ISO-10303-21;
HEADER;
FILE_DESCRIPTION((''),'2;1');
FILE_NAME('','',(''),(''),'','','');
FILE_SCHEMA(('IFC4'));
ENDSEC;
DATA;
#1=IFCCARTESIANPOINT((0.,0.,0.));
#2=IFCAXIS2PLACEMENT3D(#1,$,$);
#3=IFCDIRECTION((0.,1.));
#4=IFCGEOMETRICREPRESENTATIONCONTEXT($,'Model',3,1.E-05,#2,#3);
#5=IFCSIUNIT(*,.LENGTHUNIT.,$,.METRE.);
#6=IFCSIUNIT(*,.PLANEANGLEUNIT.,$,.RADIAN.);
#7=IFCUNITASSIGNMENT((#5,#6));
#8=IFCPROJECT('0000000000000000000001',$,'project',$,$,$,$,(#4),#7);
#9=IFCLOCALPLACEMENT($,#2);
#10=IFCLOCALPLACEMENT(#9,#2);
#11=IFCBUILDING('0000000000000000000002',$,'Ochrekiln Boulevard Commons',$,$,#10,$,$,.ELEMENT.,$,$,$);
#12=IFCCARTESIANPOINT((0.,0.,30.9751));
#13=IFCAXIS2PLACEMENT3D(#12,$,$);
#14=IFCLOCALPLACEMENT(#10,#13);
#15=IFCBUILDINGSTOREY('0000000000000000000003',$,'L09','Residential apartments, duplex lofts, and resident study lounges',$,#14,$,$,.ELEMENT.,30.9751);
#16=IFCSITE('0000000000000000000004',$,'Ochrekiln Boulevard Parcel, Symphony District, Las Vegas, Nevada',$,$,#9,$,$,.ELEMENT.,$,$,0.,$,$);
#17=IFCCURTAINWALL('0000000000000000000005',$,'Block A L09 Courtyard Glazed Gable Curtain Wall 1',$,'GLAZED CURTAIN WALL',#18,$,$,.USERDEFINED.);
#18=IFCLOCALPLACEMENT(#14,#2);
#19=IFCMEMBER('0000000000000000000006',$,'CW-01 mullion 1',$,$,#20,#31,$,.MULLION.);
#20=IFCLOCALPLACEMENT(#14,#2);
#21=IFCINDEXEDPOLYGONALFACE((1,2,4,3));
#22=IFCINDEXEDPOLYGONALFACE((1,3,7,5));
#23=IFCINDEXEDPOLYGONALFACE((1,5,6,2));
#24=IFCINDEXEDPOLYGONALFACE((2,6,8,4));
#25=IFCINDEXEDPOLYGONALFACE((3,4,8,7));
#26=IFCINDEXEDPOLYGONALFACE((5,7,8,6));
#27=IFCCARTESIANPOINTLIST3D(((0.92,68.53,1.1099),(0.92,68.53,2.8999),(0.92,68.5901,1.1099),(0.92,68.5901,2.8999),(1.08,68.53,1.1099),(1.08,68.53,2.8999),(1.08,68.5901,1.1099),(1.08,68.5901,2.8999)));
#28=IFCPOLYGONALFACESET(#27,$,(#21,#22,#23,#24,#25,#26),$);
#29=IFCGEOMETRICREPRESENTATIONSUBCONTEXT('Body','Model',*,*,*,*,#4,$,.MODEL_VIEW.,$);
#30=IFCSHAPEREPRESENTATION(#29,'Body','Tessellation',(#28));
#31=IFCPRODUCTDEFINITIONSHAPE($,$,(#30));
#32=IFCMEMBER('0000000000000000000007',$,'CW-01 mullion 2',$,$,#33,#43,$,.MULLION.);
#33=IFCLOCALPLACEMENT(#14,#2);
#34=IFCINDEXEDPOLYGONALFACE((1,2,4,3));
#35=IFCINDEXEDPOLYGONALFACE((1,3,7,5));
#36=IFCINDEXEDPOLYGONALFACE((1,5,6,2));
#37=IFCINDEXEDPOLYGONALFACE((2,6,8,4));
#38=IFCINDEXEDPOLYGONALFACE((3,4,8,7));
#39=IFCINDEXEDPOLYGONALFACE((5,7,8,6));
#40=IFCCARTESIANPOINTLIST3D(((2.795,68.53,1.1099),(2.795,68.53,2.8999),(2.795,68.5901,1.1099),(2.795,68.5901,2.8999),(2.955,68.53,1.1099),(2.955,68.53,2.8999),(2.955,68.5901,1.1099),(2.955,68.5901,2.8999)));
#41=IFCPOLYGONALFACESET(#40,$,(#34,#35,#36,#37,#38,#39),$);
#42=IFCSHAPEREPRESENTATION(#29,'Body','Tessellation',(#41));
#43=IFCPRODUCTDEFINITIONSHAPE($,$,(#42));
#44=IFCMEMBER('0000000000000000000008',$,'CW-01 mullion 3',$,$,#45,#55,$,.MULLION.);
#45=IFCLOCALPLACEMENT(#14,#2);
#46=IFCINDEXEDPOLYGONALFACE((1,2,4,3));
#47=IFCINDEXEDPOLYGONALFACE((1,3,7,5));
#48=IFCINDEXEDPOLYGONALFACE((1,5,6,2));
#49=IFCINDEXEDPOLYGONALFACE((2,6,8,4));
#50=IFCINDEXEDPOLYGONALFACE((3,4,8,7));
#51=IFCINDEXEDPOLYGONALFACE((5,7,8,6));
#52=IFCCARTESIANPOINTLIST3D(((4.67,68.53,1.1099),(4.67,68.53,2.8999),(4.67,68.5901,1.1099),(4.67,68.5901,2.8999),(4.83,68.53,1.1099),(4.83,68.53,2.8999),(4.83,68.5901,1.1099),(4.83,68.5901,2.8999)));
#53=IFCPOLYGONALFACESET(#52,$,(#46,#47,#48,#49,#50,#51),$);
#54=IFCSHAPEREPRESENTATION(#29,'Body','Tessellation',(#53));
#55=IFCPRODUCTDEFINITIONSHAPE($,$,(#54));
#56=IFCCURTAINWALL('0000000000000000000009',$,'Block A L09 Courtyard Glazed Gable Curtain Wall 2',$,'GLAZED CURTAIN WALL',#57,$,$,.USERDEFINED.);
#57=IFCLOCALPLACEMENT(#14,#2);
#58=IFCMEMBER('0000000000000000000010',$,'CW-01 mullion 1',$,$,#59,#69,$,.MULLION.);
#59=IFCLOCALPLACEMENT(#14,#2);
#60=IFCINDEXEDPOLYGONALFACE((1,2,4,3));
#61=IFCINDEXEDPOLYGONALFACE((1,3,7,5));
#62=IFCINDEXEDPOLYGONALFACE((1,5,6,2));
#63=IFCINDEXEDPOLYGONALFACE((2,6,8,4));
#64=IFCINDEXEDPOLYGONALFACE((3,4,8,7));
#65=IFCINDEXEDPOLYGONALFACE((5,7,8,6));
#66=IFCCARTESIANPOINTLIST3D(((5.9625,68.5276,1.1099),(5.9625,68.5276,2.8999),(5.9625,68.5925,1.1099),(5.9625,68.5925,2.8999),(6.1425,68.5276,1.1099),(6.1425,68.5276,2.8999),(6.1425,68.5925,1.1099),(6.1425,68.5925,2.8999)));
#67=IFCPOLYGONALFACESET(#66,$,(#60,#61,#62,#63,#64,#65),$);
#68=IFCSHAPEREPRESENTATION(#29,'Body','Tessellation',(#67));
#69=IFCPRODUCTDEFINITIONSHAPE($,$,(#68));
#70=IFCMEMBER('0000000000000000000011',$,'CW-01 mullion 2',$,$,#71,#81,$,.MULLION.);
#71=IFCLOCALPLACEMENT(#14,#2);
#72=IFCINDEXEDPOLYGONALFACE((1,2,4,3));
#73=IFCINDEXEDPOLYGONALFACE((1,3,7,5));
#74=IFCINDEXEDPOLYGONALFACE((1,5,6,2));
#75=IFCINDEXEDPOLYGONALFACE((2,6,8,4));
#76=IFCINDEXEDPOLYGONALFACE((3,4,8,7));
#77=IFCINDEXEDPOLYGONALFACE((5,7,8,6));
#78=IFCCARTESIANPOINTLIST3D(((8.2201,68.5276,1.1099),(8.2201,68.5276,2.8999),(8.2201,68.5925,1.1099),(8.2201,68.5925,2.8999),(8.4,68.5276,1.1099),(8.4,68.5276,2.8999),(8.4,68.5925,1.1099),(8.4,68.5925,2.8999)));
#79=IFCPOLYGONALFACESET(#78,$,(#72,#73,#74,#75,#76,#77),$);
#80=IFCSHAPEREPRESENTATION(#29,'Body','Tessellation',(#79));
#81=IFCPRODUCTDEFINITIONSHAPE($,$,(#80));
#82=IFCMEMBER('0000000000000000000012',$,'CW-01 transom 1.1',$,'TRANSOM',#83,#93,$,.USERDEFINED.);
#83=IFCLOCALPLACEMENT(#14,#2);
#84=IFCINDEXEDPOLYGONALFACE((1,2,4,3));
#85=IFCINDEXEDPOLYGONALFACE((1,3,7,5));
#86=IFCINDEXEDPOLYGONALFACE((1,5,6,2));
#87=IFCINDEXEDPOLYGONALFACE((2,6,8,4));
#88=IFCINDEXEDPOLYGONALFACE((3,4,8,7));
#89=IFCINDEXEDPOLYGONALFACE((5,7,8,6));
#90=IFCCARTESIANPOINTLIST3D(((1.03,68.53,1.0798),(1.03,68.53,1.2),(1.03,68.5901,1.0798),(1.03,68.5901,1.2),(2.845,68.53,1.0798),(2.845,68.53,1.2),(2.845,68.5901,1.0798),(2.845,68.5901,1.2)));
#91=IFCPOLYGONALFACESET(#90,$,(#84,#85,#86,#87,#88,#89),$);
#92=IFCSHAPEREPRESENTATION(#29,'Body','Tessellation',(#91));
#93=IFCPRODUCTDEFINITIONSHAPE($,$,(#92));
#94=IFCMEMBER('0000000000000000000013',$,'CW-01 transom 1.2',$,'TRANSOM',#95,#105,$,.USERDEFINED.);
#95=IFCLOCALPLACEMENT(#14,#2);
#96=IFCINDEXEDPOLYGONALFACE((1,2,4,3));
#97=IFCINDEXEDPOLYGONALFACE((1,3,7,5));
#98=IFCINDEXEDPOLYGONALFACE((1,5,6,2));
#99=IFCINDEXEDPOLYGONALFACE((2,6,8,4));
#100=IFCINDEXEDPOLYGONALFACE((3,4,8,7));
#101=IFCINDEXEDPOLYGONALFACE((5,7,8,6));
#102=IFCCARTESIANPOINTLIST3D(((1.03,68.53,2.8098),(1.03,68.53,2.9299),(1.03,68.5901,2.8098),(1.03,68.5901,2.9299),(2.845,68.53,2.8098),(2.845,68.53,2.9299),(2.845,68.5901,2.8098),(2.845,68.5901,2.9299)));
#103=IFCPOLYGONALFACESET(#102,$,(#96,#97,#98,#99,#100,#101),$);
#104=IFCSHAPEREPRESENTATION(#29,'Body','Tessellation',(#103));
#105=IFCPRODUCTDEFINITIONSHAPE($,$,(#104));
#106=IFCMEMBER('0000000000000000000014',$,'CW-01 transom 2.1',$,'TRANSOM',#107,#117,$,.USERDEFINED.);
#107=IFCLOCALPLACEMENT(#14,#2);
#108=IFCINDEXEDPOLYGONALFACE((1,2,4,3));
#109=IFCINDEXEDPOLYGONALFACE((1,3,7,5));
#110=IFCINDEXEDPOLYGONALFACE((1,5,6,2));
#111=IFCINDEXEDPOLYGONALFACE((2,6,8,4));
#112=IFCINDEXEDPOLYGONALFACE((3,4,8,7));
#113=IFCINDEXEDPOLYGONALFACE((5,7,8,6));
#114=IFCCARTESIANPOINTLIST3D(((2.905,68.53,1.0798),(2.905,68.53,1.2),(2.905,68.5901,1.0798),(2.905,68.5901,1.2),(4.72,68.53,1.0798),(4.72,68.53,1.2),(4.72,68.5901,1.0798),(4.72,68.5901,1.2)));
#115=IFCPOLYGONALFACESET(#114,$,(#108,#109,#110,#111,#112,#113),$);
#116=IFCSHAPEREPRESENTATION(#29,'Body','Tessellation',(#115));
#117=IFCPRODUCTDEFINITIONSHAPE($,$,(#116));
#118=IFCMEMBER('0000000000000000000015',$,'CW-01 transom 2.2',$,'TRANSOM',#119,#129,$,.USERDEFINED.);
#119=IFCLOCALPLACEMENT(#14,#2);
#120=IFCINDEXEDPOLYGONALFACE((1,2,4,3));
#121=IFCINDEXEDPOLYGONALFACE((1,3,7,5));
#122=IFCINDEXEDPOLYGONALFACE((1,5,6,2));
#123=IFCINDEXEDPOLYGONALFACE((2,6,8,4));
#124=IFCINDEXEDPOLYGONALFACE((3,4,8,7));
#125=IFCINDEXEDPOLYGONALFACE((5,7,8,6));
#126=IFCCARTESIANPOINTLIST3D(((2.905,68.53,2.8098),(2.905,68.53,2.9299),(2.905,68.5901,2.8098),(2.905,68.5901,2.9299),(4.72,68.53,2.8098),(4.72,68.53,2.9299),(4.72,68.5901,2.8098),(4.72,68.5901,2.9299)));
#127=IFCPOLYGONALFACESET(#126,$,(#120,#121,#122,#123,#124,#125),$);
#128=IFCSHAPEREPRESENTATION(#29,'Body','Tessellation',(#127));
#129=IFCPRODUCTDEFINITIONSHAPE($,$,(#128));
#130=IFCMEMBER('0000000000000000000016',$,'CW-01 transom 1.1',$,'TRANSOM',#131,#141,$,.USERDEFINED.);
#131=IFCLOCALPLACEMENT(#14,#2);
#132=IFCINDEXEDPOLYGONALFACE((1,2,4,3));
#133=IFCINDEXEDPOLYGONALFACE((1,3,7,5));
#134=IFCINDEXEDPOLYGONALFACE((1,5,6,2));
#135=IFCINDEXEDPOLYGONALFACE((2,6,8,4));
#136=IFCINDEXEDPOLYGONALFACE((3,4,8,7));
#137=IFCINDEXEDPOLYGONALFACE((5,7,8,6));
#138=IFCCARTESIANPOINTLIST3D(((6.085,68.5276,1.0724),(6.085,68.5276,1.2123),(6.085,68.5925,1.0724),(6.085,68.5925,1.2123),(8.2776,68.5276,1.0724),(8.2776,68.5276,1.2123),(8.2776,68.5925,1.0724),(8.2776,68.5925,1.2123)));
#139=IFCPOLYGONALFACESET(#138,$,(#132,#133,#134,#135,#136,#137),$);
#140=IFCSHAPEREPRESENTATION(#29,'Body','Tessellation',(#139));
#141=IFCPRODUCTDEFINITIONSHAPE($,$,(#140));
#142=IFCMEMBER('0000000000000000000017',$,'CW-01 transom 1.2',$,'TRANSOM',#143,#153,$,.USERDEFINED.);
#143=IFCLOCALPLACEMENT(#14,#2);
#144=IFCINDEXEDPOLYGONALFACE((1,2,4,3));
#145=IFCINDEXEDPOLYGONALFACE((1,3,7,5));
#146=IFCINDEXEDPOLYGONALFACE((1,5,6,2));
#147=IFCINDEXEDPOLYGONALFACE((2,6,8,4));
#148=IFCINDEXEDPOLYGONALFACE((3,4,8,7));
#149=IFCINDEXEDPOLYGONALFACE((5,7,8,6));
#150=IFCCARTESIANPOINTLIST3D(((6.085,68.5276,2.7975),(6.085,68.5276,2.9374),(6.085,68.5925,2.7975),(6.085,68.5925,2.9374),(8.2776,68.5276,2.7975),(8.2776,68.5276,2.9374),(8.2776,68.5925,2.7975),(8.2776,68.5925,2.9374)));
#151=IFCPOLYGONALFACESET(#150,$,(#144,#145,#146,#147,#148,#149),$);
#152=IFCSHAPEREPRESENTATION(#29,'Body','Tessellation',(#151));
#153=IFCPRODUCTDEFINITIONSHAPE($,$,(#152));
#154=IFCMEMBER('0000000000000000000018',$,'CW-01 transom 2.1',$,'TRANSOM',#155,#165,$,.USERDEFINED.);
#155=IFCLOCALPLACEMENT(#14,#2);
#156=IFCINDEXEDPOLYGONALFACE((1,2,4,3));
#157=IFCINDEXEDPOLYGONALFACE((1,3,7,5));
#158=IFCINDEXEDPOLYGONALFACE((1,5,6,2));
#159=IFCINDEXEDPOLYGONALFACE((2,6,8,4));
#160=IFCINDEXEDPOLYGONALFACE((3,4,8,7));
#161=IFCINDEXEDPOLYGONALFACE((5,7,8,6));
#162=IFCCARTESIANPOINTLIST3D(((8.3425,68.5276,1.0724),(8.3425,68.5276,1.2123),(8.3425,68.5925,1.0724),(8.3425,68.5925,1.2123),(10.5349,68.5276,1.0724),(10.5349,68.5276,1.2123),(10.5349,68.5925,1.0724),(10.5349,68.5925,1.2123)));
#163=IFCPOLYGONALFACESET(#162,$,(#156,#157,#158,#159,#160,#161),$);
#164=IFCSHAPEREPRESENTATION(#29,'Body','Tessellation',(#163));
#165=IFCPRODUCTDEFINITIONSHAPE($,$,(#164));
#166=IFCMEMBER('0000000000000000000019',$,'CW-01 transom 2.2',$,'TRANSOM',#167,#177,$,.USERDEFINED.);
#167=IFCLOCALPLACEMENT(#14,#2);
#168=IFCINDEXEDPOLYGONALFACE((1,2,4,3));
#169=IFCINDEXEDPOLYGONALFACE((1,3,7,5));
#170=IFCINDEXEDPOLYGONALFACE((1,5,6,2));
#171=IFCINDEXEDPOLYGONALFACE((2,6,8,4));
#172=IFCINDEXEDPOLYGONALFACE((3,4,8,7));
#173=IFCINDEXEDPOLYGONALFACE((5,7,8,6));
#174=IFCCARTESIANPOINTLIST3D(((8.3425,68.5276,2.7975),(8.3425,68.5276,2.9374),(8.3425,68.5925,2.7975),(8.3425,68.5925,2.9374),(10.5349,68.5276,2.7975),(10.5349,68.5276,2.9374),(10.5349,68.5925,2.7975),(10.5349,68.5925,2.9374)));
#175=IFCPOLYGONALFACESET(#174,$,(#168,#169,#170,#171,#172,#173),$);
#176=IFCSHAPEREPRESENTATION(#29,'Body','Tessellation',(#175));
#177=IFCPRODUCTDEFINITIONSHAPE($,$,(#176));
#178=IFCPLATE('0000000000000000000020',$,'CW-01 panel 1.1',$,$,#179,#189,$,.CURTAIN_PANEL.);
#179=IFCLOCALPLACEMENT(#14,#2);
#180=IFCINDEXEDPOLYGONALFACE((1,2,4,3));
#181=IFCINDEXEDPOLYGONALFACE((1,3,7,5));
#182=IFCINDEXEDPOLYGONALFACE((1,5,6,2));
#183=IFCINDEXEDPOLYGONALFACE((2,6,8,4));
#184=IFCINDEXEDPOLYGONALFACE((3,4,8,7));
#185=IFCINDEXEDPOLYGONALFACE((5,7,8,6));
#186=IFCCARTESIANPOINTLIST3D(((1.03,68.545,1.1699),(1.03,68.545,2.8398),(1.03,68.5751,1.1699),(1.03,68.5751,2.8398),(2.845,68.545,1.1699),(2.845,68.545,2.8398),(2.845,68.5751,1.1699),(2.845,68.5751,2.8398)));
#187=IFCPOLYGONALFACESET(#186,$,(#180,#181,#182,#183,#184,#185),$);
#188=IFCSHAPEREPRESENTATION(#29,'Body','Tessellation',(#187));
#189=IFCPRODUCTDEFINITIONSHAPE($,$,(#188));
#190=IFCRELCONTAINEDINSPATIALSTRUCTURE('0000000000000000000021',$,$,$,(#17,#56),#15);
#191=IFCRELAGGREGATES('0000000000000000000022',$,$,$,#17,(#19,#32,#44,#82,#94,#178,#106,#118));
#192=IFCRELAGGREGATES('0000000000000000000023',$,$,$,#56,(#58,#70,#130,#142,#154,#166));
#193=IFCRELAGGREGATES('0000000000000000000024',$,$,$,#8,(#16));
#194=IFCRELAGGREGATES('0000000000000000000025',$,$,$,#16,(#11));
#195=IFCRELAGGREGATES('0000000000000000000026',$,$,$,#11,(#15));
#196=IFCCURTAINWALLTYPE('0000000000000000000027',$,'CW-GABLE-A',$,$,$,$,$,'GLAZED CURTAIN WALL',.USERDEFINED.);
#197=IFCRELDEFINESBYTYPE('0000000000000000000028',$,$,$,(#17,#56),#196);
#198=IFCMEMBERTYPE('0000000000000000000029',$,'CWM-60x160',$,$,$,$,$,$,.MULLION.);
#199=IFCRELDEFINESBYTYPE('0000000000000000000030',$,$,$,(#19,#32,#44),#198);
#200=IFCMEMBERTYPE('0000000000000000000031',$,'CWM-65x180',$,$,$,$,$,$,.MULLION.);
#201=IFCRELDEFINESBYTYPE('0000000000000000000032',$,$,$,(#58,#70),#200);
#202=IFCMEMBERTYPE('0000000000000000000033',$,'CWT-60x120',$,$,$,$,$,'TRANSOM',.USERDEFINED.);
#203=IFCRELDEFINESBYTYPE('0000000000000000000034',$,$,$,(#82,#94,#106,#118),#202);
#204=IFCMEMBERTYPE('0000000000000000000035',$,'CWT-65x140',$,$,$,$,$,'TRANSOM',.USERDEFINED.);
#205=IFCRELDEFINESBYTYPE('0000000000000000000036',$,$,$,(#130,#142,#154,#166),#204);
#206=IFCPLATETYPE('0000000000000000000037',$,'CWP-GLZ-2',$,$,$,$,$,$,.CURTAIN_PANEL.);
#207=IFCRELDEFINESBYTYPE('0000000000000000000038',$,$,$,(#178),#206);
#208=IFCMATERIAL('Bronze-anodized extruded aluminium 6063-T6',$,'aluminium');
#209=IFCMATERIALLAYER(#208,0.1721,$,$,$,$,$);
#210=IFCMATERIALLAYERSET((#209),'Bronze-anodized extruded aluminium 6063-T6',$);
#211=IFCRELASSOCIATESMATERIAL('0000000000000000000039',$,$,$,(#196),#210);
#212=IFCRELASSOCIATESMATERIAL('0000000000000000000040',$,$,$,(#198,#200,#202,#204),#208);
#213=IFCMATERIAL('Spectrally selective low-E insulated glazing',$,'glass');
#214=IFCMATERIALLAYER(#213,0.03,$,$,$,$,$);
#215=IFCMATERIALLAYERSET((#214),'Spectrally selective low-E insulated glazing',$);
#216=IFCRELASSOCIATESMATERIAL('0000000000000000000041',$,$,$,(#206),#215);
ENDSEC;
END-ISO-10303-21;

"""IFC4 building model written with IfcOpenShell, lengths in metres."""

from ifc_helpers import new_model, si_unit, direction, frame, origin, origin_2d, place, context, subcontext, project, spatial, rectangle, extrude, material, layer, layer_set, material_profile, profile_set, type_object, element, aggregate, save


model = new_model("IFC4")

# Units and contexts
model_context = context("Model", 3, precision=1e-05, world=origin(), true_north=direction((0.0, 1.0)))
body_context = subcontext(model_context, "Body", "Model", "MODEL_VIEW")
ifc_project = project(units=[si_unit("LENGTHUNIT", "METRE"), si_unit("PLANEANGLEUNIT", "RADIAN")], contexts=[model_context])

# Site, building, storey
site_placement = place(None, origin())
site = spatial("IfcSite", under=ifc_project, at=site_placement, Name="Ochrekiln Boulevard Parcel, Symphony District, Las Vegas, Nevada", CompositionType="ELEMENT", RefElevation=0.0)
building_placement = place(site_placement, origin())
building = spatial("IfcBuilding", under=site, at=building_placement, Name="Ochrekiln Boulevard Commons", CompositionType="ELEMENT")
storey_placement = place(building_placement, frame((0.0, 0.0, 30.9751)))
storey = spatial("IfcBuildingStorey", under=building, at=storey_placement, Name="L09", Description="Residential apartments, duplex lofts, and resident study lounges", CompositionType="ELEMENT", Elevation=30.9751)

# Curtain walls, members
ifc_material_1 = material(Name="Bronze-anodized extruded aluminium 6063-T6", Category="aluminium")
ifc_layer_1 = layer(ifc_material_1, 0.1721)
ifc_layer_set_1 = layer_set([ifc_layer_1], Name="Bronze-anodized extruded aluminium 6063-T6")
curtain_wall_type = type_object("IfcCurtainWallType", Name="CW-GABLE-A", ElementType="GLAZED CURTAIN WALL", PredefinedType="USERDEFINED", material=ifc_layer_set_1)
curtain_wall_1_placement = place(storey_placement, origin())
curtain_wall_1 = element("IfcCurtainWall", 1, at=curtain_wall_1_placement, inside=storey, type_object=curtain_wall_type, Name="Block A L09 Courtyard Glazed Gable Curtain Wall 1", ObjectType="GLAZED CURTAIN WALL", PredefinedType="USERDEFINED")
ifc_material_profile_1 = material_profile(ifc_material_1, rectangle(XDim=0.0601, YDim=0.1599, at=origin_2d()), Name="ALU-MUL-60x160")
ifc_profile_set_1 = profile_set([ifc_material_profile_1], Name="Bronze-anodized extruded aluminium 6063-T6")
member_type_1 = type_object("IfcMemberType", Name="CWM-60x160", PredefinedType="MULLION", material=ifc_profile_set_1)
member_1_placement = place(storey_placement, frame((1.0, 68.5601, 1.1099), z_axis=(0.0, 0.0, 1.0), x_axis=(0.0, 1.0, 0.0)))
member_1 = element("IfcMember", 2, at=member_1_placement, type_object=member_type_1, Name="CW-01 mullion 1", PredefinedType="MULLION", context=body_context, shape_type="SweptSolid", body=[
    extrude(rectangle(XDim=0.0601, YDim=0.1599, at=origin_2d()), origin(), (0.0, 0.0, 1.0), 1.79),
])
member_2_placement = place(storey_placement, frame((2.875, 68.5601, 1.1099), z_axis=(0.0, 0.0, 1.0), x_axis=(0.0, 1.0, 0.0)))
member_2 = element("IfcMember", 3, at=member_2_placement, type_object=member_type_1, Name="CW-01 mullion 2", PredefinedType="MULLION", context=body_context, shape_type="SweptSolid", body=[
    extrude(rectangle(XDim=0.0601, YDim=0.1599, at=origin_2d()), origin(), (0.0, 0.0, 1.0), 1.79),
])
member_3_placement = place(storey_placement, frame((4.75, 68.5601, 1.1099), z_axis=(0.0, 0.0, 1.0), x_axis=(0.0, 1.0, 0.0)))
member_3 = element("IfcMember", 4, at=member_3_placement, type_object=member_type_1, Name="CW-01 mullion 3", PredefinedType="MULLION", context=body_context, shape_type="SweptSolid", body=[
    extrude(rectangle(XDim=0.0601, YDim=0.1599, at=origin_2d()), origin(), (0.0, 0.0, 1.0), 1.79),
])
curtain_wall_2_placement = place(storey_placement, origin())
curtain_wall_2 = element("IfcCurtainWall", 5, at=curtain_wall_2_placement, inside=storey, type_object=curtain_wall_type, Name="Block A L09 Courtyard Glazed Gable Curtain Wall 2", ObjectType="GLAZED CURTAIN WALL", PredefinedType="USERDEFINED")
ifc_material_profile_2 = material_profile(ifc_material_1, rectangle(XDim=0.0649, YDim=0.1799, at=origin_2d()), Name="ALU-MUL-65x180")
ifc_profile_set_2 = profile_set([ifc_material_profile_2], Name="Bronze-anodized extruded aluminium 6063-T6")
member_type_2 = type_object("IfcMemberType", Name="CWM-65x180", PredefinedType="MULLION", material=ifc_profile_set_2)
member_4_placement = place(storey_placement, frame((6.0525, 68.5601, 1.1099), z_axis=(0.0, 0.0, 1.0), x_axis=(0.0, 1.0, 0.0)))
member_4 = element("IfcMember", 6, at=member_4_placement, type_object=member_type_2, Name="CW-01 mullion 1", PredefinedType="MULLION", context=body_context, shape_type="SweptSolid", body=[
    extrude(rectangle(XDim=0.0649, YDim=0.1799, at=origin_2d()), origin(), (0.0, 0.0, 1.0), 1.79),
])
member_5_placement = place(storey_placement, frame((8.3101, 68.5601, 1.1099), z_axis=(0.0, 0.0, 1.0), x_axis=(0.0, 1.0, 0.0)))
member_5 = element("IfcMember", 7, at=member_5_placement, type_object=member_type_2, Name="CW-01 mullion 2", PredefinedType="MULLION", context=body_context, shape_type="SweptSolid", body=[
    extrude(rectangle(XDim=0.0649, YDim=0.1799, at=origin_2d()), origin(), (0.0, 0.0, 1.0), 1.79),
])

# Members
ifc_material_profile_3 = material_profile(ifc_material_1, rectangle(XDim=0.0601, YDim=0.1201, at=origin_2d()), Name="ALU-TRN-60x120")
ifc_profile_set_3 = profile_set([ifc_material_profile_3], Name="Bronze-anodized extruded aluminium 6063-T6")
member_type_3 = type_object("IfcMemberType", Name="CWT-60x120", ElementType="TRANSOM", PredefinedType="USERDEFINED", material=ifc_profile_set_3)
member_6_placement = place(storey_placement, frame((1.03, 68.5601, 1.1399), z_axis=(1.0, 0.0, 0.0), x_axis=(0.0, 1.0, 0.0)))
member_6 = element("IfcMember", 8, at=member_6_placement, type_object=member_type_3, Name="CW-01 transom 1.1", ObjectType="TRANSOM", PredefinedType="USERDEFINED", context=body_context, shape_type="SweptSolid", body=[
    extrude(rectangle(XDim=0.0601, YDim=0.1201, at=origin_2d()), origin(), (0.0, 0.0, 1.0), 1.8149),
])
member_7_placement = place(storey_placement, frame((1.03, 68.5601, 2.8699), z_axis=(1.0, 0.0, 0.0), x_axis=(0.0, 1.0, 0.0)))
member_7 = element("IfcMember", 9, at=member_7_placement, type_object=member_type_3, Name="CW-01 transom 1.2", ObjectType="TRANSOM", PredefinedType="USERDEFINED", context=body_context, shape_type="SweptSolid", body=[
    extrude(rectangle(XDim=0.0601, YDim=0.1201, at=origin_2d()), origin(), (0.0, 0.0, 1.0), 1.8149),
])
member_8_placement = place(storey_placement, frame((2.905, 68.5601, 1.1399), z_axis=(1.0, 0.0, 0.0), x_axis=(0.0, 1.0, 0.0)))
member_8 = element("IfcMember", 10, at=member_8_placement, type_object=member_type_3, Name="CW-01 transom 2.1", ObjectType="TRANSOM", PredefinedType="USERDEFINED", context=body_context, shape_type="SweptSolid", body=[
    extrude(rectangle(XDim=0.0601, YDim=0.1201, at=origin_2d()), origin(), (0.0, 0.0, 1.0), 1.8149),
])
member_9_placement = place(storey_placement, frame((2.905, 68.5601, 2.8699), z_axis=(1.0, 0.0, 0.0), x_axis=(0.0, 1.0, 0.0)))
member_9 = element("IfcMember", 11, at=member_9_placement, type_object=member_type_3, Name="CW-01 transom 2.2", ObjectType="TRANSOM", PredefinedType="USERDEFINED", context=body_context, shape_type="SweptSolid", body=[
    extrude(rectangle(XDim=0.0601, YDim=0.1201, at=origin_2d()), origin(), (0.0, 0.0, 1.0), 1.8149),
])
ifc_material_profile_4 = material_profile(ifc_material_1, rectangle(XDim=0.0649, YDim=0.1399, at=origin_2d()), Name="ALU-TRN-65x140")
ifc_profile_set_4 = profile_set([ifc_material_profile_4], Name="Bronze-anodized extruded aluminium 6063-T6")
member_type_4 = type_object("IfcMemberType", Name="CWT-65x140", ElementType="TRANSOM", PredefinedType="USERDEFINED", material=ifc_profile_set_4)
member_10_placement = place(storey_placement, frame((6.085, 68.5601, 1.1423), z_axis=(1.0, 0.0, 0.0), x_axis=(0.0, 1.0, 0.0)))
member_10 = element("IfcMember", 12, at=member_10_placement, type_object=member_type_4, Name="CW-01 transom 1.1", ObjectType="TRANSOM", PredefinedType="USERDEFINED", context=body_context, shape_type="SweptSolid", body=[
    extrude(rectangle(XDim=0.0649, YDim=0.1399, at=origin_2d()), origin(), (0.0, 0.0, 1.0), 2.1926),
])
member_11_placement = place(storey_placement, frame((6.085, 68.5601, 2.8674), z_axis=(1.0, 0.0, 0.0), x_axis=(0.0, 1.0, 0.0)))
member_11 = element("IfcMember", 13, at=member_11_placement, type_object=member_type_4, Name="CW-01 transom 1.2", ObjectType="TRANSOM", PredefinedType="USERDEFINED", context=body_context, shape_type="SweptSolid", body=[
    extrude(rectangle(XDim=0.0649, YDim=0.1399, at=origin_2d()), origin(), (0.0, 0.0, 1.0), 2.1926),
])
member_12_placement = place(storey_placement, frame((8.3425, 68.5601, 1.1423), z_axis=(1.0, 0.0, 0.0), x_axis=(0.0, 1.0, 0.0)))
member_12 = element("IfcMember", 14, at=member_12_placement, type_object=member_type_4, Name="CW-01 transom 2.1", ObjectType="TRANSOM", PredefinedType="USERDEFINED", context=body_context, shape_type="SweptSolid", body=[
    extrude(rectangle(XDim=0.0649, YDim=0.1399, at=origin_2d()), origin(), (0.0, 0.0, 1.0), 2.1924),
])
member_13_placement = place(storey_placement, frame((8.3425, 68.5601, 2.8674), z_axis=(1.0, 0.0, 0.0), x_axis=(0.0, 1.0, 0.0)))
member_13 = element("IfcMember", 15, at=member_13_placement, type_object=member_type_4, Name="CW-01 transom 2.2", ObjectType="TRANSOM", PredefinedType="USERDEFINED", context=body_context, shape_type="SweptSolid", body=[
    extrude(rectangle(XDim=0.0649, YDim=0.1399, at=origin_2d()), origin(), (0.0, 0.0, 1.0), 2.1924),
])

# Plate
ifc_material_2 = material(Name="Spectrally selective low-E insulated glazing", Category="glass")
ifc_layer_2 = layer(ifc_material_2, 0.03)
ifc_layer_set_2 = layer_set([ifc_layer_2], Name="Spectrally selective low-E insulated glazing")
plate_type_1 = type_object("IfcPlateType", Name="CWP-GLZ-2", PredefinedType="CURTAIN_PANEL", material=ifc_layer_set_2)
plate_1_placement = place(storey_placement, frame((1.9375, 68.5601, 1.1699), z_axis=(0.0, 0.0, 1.0), x_axis=(1.0, 0.0, 0.0)))
plate_1 = element("IfcPlate", 16, at=plate_1_placement, type_object=plate_type_1, Name="CW-01 panel 1.1", PredefinedType="CURTAIN_PANEL", context=body_context, shape_type="SweptSolid", body=[
    extrude(rectangle(XDim=1.8149, YDim=0.03, at=origin_2d()), origin(), (0.0, 0.0, 1.0), 1.6699),
])
aggregate(curtain_wall_1, [member_1, member_2, member_3, member_6, member_7, plate_1, member_8, member_9])
aggregate(curtain_wall_2, [member_4, member_5, member_10, member_11, member_12, member_13])

save(model, "model.ifc")
